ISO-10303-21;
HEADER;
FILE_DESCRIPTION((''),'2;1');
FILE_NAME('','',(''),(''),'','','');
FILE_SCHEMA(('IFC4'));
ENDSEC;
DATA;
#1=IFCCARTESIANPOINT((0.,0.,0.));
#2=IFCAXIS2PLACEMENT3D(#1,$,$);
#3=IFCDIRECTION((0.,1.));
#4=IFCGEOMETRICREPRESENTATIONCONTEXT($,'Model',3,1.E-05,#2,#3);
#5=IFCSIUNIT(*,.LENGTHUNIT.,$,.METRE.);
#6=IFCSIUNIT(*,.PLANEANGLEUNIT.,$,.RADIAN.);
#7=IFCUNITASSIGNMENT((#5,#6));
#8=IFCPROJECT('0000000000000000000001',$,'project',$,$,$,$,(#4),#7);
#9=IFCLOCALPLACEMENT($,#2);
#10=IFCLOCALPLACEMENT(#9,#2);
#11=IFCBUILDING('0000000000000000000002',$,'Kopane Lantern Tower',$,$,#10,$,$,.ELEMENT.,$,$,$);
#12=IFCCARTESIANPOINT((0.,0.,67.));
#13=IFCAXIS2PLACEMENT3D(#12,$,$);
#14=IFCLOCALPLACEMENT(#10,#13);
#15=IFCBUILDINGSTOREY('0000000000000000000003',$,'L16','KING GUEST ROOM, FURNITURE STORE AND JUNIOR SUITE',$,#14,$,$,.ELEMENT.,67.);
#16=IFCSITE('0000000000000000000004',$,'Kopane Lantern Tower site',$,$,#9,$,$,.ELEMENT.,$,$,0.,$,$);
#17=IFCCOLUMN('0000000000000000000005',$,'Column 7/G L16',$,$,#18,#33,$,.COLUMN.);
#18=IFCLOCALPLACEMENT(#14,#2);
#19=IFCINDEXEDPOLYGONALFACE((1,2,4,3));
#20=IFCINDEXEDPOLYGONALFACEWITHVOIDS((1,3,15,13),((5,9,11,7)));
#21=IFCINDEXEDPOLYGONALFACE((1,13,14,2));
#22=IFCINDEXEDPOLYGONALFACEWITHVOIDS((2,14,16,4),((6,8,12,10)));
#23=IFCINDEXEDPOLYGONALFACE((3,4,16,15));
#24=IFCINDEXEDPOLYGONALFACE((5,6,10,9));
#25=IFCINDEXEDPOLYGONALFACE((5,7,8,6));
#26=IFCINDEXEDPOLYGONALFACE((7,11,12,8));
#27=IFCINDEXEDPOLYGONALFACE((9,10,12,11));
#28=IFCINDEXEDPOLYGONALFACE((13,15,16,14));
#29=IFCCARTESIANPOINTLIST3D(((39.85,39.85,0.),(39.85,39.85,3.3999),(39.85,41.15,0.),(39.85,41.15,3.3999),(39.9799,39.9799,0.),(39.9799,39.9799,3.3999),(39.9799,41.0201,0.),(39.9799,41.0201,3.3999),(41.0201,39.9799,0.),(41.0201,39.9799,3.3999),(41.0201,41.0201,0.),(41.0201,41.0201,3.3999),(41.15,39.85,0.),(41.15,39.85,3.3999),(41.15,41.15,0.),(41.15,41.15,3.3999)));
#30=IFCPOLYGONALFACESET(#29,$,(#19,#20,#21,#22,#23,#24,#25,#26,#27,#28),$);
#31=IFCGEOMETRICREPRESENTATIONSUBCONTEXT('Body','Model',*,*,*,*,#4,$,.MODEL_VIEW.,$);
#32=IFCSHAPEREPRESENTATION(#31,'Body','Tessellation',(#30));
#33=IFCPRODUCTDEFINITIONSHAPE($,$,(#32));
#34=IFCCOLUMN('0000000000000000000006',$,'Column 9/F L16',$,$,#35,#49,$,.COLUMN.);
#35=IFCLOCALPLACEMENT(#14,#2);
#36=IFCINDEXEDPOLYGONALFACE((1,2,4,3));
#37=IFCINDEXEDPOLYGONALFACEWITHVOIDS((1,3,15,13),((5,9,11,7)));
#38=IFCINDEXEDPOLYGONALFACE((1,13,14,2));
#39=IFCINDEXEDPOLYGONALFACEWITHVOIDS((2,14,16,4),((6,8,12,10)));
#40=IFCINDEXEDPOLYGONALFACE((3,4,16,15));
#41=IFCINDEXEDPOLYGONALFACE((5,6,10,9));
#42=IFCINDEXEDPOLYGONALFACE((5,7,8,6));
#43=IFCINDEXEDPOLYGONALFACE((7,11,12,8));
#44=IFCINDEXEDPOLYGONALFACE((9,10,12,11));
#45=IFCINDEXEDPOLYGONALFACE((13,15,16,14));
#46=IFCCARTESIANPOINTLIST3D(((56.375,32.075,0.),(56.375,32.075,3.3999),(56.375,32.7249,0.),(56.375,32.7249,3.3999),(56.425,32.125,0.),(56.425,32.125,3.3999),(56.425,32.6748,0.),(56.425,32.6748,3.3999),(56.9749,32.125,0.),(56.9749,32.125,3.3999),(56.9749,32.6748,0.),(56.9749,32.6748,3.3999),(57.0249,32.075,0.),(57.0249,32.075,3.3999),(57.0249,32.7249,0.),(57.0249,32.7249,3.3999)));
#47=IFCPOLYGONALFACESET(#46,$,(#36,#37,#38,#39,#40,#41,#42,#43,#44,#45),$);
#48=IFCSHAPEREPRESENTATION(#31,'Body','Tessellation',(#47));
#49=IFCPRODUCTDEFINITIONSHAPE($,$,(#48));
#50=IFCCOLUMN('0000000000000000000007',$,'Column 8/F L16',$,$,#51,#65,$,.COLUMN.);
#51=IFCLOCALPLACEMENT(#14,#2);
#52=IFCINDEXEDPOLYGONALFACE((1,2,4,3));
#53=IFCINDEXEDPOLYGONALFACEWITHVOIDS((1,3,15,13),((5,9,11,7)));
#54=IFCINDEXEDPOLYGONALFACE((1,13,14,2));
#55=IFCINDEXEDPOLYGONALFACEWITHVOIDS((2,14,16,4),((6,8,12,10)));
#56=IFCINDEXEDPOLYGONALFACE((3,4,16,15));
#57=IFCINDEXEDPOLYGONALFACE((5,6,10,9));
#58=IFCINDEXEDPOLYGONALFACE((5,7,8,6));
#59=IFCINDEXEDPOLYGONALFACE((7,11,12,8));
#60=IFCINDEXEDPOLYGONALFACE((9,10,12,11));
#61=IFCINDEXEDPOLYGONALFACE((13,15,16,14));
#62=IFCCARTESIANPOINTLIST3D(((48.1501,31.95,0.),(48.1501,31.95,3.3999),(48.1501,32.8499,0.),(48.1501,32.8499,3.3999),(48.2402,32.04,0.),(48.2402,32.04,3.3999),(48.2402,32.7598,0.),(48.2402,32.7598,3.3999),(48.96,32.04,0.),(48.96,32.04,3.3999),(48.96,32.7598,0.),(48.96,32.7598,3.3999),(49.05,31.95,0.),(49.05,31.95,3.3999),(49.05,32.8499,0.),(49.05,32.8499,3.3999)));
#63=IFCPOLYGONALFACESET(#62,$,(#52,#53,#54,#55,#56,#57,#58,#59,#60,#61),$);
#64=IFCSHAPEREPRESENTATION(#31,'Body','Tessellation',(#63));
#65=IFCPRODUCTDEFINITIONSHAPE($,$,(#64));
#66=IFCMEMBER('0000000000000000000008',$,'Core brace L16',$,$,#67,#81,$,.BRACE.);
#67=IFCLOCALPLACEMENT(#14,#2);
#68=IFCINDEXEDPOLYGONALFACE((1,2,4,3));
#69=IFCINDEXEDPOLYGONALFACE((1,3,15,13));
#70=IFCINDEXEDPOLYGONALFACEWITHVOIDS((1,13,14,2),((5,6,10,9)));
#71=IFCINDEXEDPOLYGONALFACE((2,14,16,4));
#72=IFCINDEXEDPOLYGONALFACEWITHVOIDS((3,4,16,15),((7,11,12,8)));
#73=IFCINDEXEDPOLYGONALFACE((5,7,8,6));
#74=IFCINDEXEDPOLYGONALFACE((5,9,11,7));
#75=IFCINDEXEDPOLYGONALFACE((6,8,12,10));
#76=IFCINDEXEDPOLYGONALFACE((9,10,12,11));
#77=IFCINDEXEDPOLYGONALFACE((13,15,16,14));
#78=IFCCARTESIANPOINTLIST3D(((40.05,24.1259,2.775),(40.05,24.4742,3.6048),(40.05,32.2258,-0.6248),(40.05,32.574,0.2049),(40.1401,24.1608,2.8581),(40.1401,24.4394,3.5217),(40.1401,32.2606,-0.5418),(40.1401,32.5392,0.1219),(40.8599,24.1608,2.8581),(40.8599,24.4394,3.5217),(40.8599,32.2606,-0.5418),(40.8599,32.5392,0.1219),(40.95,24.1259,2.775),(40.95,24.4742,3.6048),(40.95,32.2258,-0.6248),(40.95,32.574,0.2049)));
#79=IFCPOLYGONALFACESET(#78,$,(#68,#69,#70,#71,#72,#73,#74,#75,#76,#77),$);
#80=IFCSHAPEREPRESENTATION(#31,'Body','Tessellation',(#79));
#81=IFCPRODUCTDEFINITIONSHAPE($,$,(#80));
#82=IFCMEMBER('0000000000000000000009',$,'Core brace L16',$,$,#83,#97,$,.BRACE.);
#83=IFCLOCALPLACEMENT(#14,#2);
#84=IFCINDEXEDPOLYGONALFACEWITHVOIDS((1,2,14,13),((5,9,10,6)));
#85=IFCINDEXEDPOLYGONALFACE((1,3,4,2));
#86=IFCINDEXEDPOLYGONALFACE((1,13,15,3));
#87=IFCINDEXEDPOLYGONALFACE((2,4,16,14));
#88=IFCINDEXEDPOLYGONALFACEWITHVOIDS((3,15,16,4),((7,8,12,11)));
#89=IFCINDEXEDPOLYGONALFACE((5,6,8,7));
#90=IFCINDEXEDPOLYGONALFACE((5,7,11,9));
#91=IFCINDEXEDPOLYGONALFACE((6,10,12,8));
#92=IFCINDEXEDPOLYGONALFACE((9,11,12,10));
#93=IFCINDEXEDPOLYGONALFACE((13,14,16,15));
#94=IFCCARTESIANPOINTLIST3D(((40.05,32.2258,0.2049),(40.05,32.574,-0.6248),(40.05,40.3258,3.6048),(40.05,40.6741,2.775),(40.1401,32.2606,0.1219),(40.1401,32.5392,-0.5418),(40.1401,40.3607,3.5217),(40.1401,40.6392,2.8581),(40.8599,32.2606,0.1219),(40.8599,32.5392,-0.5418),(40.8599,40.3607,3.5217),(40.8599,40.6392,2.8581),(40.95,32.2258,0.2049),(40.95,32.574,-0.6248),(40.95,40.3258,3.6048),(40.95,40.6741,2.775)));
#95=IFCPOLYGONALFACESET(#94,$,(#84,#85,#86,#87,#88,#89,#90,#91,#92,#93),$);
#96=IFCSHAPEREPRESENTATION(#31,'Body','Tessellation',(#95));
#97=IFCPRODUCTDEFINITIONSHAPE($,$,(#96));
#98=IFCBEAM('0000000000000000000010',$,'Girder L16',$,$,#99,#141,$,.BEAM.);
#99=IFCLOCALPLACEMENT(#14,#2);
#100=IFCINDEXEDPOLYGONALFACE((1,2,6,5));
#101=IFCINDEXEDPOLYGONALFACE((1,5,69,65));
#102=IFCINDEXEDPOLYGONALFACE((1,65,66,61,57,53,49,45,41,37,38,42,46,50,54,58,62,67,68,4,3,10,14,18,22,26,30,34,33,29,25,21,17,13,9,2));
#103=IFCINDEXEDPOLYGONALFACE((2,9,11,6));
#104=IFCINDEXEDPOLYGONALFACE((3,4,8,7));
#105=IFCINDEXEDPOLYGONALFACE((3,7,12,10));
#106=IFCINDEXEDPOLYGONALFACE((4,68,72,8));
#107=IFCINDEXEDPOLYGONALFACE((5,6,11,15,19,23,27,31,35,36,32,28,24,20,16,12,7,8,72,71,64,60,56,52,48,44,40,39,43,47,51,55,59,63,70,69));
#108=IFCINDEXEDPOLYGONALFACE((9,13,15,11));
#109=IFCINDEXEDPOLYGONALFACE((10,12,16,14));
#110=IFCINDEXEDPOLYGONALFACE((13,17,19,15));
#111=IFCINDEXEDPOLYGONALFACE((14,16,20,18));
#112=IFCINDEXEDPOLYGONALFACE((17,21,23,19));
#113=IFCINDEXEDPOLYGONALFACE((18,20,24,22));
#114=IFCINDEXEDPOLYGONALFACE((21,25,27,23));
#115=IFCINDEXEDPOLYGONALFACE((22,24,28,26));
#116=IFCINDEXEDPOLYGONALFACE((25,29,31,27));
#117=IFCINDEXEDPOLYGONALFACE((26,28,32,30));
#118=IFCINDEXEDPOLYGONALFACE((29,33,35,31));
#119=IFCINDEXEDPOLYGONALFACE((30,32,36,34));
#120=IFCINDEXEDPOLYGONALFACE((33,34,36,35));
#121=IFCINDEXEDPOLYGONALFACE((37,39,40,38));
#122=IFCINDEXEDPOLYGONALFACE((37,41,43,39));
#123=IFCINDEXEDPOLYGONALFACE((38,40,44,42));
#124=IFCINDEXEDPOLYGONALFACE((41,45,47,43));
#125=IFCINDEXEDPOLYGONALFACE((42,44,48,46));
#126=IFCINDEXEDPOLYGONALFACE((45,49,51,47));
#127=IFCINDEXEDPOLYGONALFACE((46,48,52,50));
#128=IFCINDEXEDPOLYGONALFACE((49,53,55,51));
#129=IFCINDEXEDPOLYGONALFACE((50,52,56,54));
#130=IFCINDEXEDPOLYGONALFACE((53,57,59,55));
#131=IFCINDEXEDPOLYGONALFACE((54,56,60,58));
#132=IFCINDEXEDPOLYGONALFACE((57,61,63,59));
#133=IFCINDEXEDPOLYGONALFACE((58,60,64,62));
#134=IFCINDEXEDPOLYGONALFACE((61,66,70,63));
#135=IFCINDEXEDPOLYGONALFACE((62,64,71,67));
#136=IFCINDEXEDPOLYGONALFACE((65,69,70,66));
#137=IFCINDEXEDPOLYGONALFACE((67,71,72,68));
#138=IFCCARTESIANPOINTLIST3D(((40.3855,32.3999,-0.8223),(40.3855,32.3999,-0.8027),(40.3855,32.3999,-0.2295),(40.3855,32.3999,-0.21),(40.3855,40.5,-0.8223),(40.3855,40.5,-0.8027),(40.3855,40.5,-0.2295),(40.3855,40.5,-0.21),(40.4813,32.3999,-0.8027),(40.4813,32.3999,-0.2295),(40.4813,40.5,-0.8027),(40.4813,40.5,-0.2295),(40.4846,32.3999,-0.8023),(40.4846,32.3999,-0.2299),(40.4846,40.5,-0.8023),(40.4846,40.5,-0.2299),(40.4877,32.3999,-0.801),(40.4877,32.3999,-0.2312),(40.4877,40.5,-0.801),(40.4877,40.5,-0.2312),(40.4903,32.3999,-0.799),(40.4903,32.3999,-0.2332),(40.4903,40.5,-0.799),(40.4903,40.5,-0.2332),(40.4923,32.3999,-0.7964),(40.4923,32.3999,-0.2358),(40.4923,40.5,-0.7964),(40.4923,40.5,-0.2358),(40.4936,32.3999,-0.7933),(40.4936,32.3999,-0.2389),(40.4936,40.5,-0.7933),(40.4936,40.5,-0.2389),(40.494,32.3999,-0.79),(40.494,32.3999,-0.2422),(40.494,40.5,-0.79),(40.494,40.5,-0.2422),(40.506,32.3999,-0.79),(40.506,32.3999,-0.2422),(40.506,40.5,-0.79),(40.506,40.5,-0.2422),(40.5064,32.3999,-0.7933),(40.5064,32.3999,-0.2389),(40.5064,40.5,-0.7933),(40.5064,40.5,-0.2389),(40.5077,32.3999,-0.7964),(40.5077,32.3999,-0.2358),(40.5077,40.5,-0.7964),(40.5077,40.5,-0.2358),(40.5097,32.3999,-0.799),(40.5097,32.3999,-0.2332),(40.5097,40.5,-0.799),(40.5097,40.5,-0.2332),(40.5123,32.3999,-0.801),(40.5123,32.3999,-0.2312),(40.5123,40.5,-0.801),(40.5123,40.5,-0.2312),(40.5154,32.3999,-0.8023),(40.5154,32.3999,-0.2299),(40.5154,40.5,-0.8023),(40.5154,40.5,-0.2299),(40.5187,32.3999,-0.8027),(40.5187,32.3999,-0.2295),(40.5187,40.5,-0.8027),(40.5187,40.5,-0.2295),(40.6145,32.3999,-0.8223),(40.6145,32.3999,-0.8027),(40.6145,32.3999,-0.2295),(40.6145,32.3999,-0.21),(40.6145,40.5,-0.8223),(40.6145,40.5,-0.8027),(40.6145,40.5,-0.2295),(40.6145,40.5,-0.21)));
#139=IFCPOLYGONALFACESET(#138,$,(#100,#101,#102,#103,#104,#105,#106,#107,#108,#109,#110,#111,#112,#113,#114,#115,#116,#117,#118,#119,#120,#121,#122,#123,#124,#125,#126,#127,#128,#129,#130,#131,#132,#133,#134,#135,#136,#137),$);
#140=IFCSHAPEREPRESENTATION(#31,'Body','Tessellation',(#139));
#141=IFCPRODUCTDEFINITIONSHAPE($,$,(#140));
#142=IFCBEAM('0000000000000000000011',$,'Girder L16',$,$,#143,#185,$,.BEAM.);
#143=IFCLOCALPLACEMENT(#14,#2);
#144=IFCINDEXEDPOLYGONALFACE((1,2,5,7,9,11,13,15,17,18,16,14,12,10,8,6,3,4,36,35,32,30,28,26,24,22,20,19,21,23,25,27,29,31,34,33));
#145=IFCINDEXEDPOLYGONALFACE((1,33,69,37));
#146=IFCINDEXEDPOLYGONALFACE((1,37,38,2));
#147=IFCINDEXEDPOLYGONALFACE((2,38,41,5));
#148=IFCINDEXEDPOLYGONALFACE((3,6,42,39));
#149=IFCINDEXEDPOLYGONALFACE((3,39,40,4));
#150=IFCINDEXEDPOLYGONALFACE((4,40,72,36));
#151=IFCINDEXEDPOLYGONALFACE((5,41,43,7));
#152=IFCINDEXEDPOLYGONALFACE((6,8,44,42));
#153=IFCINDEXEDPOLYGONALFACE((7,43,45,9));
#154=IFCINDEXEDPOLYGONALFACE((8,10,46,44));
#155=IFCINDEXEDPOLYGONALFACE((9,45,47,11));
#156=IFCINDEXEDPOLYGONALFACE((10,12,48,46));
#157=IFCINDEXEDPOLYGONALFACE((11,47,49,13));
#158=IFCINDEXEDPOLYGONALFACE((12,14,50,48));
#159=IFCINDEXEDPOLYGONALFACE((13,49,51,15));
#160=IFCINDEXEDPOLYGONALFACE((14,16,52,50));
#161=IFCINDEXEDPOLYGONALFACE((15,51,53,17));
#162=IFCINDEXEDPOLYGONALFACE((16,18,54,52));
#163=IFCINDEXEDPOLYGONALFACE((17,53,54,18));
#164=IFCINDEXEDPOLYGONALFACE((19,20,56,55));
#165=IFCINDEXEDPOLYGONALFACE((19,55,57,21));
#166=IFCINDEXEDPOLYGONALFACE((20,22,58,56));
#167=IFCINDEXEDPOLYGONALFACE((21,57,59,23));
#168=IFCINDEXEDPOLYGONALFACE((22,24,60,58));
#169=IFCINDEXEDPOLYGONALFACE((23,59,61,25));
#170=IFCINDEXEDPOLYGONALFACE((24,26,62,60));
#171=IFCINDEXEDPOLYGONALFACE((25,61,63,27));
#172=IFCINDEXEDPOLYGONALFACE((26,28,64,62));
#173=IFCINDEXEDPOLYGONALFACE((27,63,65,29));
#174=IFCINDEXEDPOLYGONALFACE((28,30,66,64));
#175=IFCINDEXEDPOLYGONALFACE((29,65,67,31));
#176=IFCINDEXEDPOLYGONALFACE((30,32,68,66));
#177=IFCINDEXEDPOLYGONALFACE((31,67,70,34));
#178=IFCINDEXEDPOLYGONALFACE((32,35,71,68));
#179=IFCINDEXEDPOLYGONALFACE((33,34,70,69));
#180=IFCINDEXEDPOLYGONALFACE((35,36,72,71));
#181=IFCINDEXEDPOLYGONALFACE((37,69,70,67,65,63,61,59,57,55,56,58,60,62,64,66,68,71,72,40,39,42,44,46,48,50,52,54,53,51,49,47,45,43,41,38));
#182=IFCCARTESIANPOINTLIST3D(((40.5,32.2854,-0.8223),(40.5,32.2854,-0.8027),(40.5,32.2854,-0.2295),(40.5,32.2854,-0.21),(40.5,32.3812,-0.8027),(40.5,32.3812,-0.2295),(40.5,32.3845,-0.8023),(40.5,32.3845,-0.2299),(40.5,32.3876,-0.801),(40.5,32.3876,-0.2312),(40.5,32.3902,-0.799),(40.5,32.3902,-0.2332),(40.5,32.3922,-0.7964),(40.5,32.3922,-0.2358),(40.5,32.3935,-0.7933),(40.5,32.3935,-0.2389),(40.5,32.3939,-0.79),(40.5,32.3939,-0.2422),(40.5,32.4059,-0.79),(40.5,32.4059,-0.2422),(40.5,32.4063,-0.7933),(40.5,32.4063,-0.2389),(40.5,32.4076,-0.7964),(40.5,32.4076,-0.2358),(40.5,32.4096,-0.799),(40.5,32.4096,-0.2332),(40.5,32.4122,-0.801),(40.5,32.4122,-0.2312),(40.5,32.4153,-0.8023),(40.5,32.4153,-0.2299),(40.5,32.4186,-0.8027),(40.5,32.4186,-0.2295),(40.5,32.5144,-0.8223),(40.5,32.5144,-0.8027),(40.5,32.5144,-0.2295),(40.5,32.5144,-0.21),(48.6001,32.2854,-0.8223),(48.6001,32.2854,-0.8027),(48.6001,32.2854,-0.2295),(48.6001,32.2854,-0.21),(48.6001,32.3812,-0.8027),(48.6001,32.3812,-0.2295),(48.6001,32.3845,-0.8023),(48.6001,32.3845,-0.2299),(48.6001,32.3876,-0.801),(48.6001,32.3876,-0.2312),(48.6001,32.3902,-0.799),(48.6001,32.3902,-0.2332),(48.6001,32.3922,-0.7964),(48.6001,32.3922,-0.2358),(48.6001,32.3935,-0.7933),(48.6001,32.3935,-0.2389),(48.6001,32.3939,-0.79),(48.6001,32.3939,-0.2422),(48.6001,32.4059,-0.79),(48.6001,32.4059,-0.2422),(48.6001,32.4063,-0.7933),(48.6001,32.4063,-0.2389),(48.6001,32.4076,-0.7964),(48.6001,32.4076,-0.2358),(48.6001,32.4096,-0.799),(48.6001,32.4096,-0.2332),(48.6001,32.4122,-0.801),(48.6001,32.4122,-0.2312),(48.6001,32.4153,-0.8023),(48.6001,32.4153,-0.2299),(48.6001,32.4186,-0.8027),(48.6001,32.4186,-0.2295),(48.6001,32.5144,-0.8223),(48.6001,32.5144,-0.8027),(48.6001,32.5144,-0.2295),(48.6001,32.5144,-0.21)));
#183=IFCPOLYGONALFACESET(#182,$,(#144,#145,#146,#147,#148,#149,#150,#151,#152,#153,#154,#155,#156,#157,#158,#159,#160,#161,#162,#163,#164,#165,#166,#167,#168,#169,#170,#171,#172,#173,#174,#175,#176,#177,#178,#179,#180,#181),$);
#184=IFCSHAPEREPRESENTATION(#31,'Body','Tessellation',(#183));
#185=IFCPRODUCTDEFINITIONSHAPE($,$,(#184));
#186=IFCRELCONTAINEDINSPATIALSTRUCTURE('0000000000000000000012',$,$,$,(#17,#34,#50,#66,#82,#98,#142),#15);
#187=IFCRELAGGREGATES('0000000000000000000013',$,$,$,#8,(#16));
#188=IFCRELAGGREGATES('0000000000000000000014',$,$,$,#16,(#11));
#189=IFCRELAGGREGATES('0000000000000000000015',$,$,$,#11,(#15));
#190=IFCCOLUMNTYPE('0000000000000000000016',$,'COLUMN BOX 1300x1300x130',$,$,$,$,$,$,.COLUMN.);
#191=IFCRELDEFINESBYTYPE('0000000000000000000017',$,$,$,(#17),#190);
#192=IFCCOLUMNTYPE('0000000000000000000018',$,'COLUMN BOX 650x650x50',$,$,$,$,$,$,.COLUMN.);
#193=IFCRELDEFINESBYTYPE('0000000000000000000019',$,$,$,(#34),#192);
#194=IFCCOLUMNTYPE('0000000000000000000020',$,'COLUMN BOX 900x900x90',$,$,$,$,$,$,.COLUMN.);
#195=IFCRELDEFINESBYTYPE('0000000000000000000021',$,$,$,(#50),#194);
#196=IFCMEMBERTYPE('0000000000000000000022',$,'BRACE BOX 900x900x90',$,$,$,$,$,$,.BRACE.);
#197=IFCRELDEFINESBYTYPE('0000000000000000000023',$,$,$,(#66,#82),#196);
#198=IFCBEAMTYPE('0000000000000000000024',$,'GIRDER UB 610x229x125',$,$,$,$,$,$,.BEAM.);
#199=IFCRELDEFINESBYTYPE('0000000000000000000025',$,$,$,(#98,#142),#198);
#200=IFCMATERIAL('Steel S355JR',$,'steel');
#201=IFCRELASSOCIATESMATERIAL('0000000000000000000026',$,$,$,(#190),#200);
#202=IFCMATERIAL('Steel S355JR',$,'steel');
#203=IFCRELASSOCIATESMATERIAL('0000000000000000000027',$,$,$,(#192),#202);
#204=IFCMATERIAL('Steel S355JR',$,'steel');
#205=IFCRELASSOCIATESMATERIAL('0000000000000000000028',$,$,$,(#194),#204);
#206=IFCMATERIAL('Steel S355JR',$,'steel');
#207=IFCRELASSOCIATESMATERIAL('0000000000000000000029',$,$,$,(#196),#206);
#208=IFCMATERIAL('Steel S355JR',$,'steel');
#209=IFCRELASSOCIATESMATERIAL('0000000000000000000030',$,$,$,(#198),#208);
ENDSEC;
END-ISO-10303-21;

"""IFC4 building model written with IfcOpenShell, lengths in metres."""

from ifc_helpers import new_model, si_unit, direction, frame, origin, origin_2d, place, context, subcontext, project, spatial, hollow_rectangle, i_section, extrude, material, material_profile, profile_set, type_object, element, save


model = new_model("IFC4")

# Units and contexts
model_context = context("Model", 3, precision=1e-05, world=origin(), true_north=direction((0.0, 1.0)))
body_context = subcontext(model_context, "Body", "Model", "MODEL_VIEW")
ifc_project = project(units=[si_unit("LENGTHUNIT", "METRE"), si_unit("PLANEANGLEUNIT", "RADIAN")], contexts=[model_context])

# Site, building, storey
site_placement = place(None, origin())
site = spatial("IfcSite", under=ifc_project, at=site_placement, Name="Kopane Lantern Tower site", CompositionType="ELEMENT", RefElevation=0.0)
building_placement = place(site_placement, origin())
building = spatial("IfcBuilding", under=site, at=building_placement, Name="Kopane Lantern Tower", CompositionType="ELEMENT")
storey_placement = place(building_placement, frame((0.0, 0.0, 67.0)))
storey = spatial("IfcBuildingStorey", under=building, at=storey_placement, Name="L16", Description="KING GUEST ROOM, FURNITURE STORE AND JUNIOR SUITE", CompositionType="ELEMENT", Elevation=67.0)

# Columns
ifc_material_1 = material(Name="Steel S355JR", Category="steel")
ifc_material_profile_1 = material_profile(ifc_material_1, hollow_rectangle(XDim=1.3, YDim=1.3, WallThickness=0.1299, at=origin_2d()), Name="BOX 1300x1300x130")
ifc_profile_set_1 = profile_set([ifc_material_profile_1], Name="Steel S355JR")
column_type_1 = type_object("IfcColumnType", Name="COLUMN BOX 1300x1300x130", PredefinedType="COLUMN", material=ifc_profile_set_1)
column_1_placement = place(storey_placement, frame((40.5, 40.5, 0.0), z_axis=(0.0, 0.0, 1.0), x_axis=(1.0, 0.0, 0.0)))
element("IfcColumn", 1, at=column_1_placement, inside=storey, type_object=column_type_1, Name="Column 7/G L16", PredefinedType="COLUMN", context=body_context, shape_type="SweptSolid", body=[
    extrude(hollow_rectangle(XDim=1.3, YDim=1.3, WallThickness=0.1299, at=origin_2d()), origin(), (0.0, 0.0, 1.0), 3.3999),
])
ifc_material_2 = material(Name="Steel S355JR", Category="steel")
ifc_material_profile_2 = material_profile(ifc_material_2, hollow_rectangle(XDim=0.6499, YDim=0.6499, WallThickness=0.05, at=origin_2d()), Name="BOX 650x650x50")
ifc_profile_set_2 = profile_set([ifc_material_profile_2], Name="Steel S355JR")
column_type_2 = type_object("IfcColumnType", Name="COLUMN BOX 650x650x50", PredefinedType="COLUMN", material=ifc_profile_set_2)
column_2_placement = place(storey_placement, frame((56.7, 32.3999, 0.0), z_axis=(0.0, 0.0, 1.0), x_axis=(1.0, 0.0, 0.0)))
element("IfcColumn", 2, at=column_2_placement, inside=storey, type_object=column_type_2, Name="Column 9/F L16", PredefinedType="COLUMN", context=body_context, shape_type="SweptSolid", body=[
    extrude(hollow_rectangle(XDim=0.6499, YDim=0.6499, WallThickness=0.05, at=origin_2d()), origin(), (0.0, 0.0, 1.0), 3.3999),
])
ifc_material_3 = material(Name="Steel S355JR", Category="steel")
ifc_material_profile_3 = material_profile(ifc_material_3, hollow_rectangle(XDim=0.8999, YDim=0.8999, WallThickness=0.0901, at=origin_2d()), Name="BOX 900x900x90")
ifc_profile_set_3 = profile_set([ifc_material_profile_3], Name="Steel S355JR")
column_type_3 = type_object("IfcColumnType", Name="COLUMN BOX 900x900x90", PredefinedType="COLUMN", material=ifc_profile_set_3)
column_3_placement = place(storey_placement, frame((48.6001, 32.3999, 0.0), z_axis=(0.0, 0.0, 1.0), x_axis=(1.0, 0.0, 0.0)))
element("IfcColumn", 3, at=column_3_placement, inside=storey, type_object=column_type_3, Name="Column 8/F L16", PredefinedType="COLUMN", context=body_context, shape_type="SweptSolid", body=[
    extrude(hollow_rectangle(XDim=0.8999, YDim=0.8999, WallThickness=0.0901, at=origin_2d()), origin(), (0.0, 0.0, 1.0), 3.3999),
])

# Members
ifc_material_4 = material(Name="Steel S355JR", Category="steel")
ifc_material_profile_4 = material_profile(ifc_material_4, hollow_rectangle(XDim=0.8999, YDim=0.8999, WallThickness=0.0901, at=origin_2d()), Name="BOX 900x900x90")
ifc_profile_set_4 = profile_set([ifc_material_profile_4], Name="Steel S355JR")
member_type = type_object("IfcMemberType", Name="BRACE BOX 900x900x90", PredefinedType="BRACE", material=ifc_profile_set_4)
member_1_placement = place(storey_placement, frame((40.5, 32.3999, -0.21), z_axis=(0.0, -0.922065, 0.387035), x_axis=(1.0, 0.0, 0.0)))
element("IfcMember", 4, at=member_1_placement, inside=storey, type_object=member_type, Name="Core brace L16", PredefinedType="BRACE", context=body_context, shape_type="SweptSolid", body=[
    extrude(hollow_rectangle(XDim=0.8999, YDim=0.8999, WallThickness=0.0901, at=origin_2d()), origin(), (0.0, 0.0, 1.0), 8.7844),
])
member_2_placement = place(storey_placement, frame((40.5, 32.3999, -0.21), z_axis=(0.0, 0.922069, 0.387026), x_axis=(-1.0, 0.0, 0.0)))
element("IfcMember", 5, at=member_2_placement, inside=storey, type_object=member_type, Name="Core brace L16", PredefinedType="BRACE", context=body_context, shape_type="SweptSolid", body=[
    extrude(hollow_rectangle(XDim=0.8999, YDim=0.8999, WallThickness=0.0901, at=origin_2d()), origin(), (0.0, 0.0, 1.0), 8.7847),
])

# Beams
ifc_material_5 = material(Name="Steel S355JR", Category="steel")
ifc_material_profile_5 = material_profile(ifc_material_5, i_section(OverallWidth=0.229, OverallDepth=0.6123, WebThickness=0.012, FlangeThickness=0.0195, FilletRadius=0.0127, at=origin_2d()), Name="UB 610x229x125")
ifc_profile_set_5 = profile_set([ifc_material_profile_5], Name="Steel S355JR")
beam_type = type_object("IfcBeamType", Name="GIRDER UB 610x229x125", PredefinedType="BEAM", material=ifc_profile_set_5)
for number, where, z_axis, x_axis, name in (
    (6, (40.5, 32.3999, -0.5161), (0.0, 1.0, 0.0), (-1.0, 0.0, 0.0), "Girder L16"),
    (7, (40.5, 32.3999, -0.5161), (1.0, 0.0, 0.0), (0.0, 1.0, 0.0), "Girder L16"),
):
    element("IfcBeam", number, at=place(storey_placement, frame(where, z_axis=z_axis, x_axis=x_axis)), inside=storey, type_object=beam_type, Name=name, PredefinedType="BEAM", context=body_context, shape_type="SweptSolid", body=[
        extrude(i_section(OverallWidth=0.229, OverallDepth=0.6123, WebThickness=0.012, FlangeThickness=0.0195, FilletRadius=0.0127, at=origin_2d()), origin(), (0.0, 0.0, 1.0), 8.1001),
    ])

save(model, "model.ifc")
